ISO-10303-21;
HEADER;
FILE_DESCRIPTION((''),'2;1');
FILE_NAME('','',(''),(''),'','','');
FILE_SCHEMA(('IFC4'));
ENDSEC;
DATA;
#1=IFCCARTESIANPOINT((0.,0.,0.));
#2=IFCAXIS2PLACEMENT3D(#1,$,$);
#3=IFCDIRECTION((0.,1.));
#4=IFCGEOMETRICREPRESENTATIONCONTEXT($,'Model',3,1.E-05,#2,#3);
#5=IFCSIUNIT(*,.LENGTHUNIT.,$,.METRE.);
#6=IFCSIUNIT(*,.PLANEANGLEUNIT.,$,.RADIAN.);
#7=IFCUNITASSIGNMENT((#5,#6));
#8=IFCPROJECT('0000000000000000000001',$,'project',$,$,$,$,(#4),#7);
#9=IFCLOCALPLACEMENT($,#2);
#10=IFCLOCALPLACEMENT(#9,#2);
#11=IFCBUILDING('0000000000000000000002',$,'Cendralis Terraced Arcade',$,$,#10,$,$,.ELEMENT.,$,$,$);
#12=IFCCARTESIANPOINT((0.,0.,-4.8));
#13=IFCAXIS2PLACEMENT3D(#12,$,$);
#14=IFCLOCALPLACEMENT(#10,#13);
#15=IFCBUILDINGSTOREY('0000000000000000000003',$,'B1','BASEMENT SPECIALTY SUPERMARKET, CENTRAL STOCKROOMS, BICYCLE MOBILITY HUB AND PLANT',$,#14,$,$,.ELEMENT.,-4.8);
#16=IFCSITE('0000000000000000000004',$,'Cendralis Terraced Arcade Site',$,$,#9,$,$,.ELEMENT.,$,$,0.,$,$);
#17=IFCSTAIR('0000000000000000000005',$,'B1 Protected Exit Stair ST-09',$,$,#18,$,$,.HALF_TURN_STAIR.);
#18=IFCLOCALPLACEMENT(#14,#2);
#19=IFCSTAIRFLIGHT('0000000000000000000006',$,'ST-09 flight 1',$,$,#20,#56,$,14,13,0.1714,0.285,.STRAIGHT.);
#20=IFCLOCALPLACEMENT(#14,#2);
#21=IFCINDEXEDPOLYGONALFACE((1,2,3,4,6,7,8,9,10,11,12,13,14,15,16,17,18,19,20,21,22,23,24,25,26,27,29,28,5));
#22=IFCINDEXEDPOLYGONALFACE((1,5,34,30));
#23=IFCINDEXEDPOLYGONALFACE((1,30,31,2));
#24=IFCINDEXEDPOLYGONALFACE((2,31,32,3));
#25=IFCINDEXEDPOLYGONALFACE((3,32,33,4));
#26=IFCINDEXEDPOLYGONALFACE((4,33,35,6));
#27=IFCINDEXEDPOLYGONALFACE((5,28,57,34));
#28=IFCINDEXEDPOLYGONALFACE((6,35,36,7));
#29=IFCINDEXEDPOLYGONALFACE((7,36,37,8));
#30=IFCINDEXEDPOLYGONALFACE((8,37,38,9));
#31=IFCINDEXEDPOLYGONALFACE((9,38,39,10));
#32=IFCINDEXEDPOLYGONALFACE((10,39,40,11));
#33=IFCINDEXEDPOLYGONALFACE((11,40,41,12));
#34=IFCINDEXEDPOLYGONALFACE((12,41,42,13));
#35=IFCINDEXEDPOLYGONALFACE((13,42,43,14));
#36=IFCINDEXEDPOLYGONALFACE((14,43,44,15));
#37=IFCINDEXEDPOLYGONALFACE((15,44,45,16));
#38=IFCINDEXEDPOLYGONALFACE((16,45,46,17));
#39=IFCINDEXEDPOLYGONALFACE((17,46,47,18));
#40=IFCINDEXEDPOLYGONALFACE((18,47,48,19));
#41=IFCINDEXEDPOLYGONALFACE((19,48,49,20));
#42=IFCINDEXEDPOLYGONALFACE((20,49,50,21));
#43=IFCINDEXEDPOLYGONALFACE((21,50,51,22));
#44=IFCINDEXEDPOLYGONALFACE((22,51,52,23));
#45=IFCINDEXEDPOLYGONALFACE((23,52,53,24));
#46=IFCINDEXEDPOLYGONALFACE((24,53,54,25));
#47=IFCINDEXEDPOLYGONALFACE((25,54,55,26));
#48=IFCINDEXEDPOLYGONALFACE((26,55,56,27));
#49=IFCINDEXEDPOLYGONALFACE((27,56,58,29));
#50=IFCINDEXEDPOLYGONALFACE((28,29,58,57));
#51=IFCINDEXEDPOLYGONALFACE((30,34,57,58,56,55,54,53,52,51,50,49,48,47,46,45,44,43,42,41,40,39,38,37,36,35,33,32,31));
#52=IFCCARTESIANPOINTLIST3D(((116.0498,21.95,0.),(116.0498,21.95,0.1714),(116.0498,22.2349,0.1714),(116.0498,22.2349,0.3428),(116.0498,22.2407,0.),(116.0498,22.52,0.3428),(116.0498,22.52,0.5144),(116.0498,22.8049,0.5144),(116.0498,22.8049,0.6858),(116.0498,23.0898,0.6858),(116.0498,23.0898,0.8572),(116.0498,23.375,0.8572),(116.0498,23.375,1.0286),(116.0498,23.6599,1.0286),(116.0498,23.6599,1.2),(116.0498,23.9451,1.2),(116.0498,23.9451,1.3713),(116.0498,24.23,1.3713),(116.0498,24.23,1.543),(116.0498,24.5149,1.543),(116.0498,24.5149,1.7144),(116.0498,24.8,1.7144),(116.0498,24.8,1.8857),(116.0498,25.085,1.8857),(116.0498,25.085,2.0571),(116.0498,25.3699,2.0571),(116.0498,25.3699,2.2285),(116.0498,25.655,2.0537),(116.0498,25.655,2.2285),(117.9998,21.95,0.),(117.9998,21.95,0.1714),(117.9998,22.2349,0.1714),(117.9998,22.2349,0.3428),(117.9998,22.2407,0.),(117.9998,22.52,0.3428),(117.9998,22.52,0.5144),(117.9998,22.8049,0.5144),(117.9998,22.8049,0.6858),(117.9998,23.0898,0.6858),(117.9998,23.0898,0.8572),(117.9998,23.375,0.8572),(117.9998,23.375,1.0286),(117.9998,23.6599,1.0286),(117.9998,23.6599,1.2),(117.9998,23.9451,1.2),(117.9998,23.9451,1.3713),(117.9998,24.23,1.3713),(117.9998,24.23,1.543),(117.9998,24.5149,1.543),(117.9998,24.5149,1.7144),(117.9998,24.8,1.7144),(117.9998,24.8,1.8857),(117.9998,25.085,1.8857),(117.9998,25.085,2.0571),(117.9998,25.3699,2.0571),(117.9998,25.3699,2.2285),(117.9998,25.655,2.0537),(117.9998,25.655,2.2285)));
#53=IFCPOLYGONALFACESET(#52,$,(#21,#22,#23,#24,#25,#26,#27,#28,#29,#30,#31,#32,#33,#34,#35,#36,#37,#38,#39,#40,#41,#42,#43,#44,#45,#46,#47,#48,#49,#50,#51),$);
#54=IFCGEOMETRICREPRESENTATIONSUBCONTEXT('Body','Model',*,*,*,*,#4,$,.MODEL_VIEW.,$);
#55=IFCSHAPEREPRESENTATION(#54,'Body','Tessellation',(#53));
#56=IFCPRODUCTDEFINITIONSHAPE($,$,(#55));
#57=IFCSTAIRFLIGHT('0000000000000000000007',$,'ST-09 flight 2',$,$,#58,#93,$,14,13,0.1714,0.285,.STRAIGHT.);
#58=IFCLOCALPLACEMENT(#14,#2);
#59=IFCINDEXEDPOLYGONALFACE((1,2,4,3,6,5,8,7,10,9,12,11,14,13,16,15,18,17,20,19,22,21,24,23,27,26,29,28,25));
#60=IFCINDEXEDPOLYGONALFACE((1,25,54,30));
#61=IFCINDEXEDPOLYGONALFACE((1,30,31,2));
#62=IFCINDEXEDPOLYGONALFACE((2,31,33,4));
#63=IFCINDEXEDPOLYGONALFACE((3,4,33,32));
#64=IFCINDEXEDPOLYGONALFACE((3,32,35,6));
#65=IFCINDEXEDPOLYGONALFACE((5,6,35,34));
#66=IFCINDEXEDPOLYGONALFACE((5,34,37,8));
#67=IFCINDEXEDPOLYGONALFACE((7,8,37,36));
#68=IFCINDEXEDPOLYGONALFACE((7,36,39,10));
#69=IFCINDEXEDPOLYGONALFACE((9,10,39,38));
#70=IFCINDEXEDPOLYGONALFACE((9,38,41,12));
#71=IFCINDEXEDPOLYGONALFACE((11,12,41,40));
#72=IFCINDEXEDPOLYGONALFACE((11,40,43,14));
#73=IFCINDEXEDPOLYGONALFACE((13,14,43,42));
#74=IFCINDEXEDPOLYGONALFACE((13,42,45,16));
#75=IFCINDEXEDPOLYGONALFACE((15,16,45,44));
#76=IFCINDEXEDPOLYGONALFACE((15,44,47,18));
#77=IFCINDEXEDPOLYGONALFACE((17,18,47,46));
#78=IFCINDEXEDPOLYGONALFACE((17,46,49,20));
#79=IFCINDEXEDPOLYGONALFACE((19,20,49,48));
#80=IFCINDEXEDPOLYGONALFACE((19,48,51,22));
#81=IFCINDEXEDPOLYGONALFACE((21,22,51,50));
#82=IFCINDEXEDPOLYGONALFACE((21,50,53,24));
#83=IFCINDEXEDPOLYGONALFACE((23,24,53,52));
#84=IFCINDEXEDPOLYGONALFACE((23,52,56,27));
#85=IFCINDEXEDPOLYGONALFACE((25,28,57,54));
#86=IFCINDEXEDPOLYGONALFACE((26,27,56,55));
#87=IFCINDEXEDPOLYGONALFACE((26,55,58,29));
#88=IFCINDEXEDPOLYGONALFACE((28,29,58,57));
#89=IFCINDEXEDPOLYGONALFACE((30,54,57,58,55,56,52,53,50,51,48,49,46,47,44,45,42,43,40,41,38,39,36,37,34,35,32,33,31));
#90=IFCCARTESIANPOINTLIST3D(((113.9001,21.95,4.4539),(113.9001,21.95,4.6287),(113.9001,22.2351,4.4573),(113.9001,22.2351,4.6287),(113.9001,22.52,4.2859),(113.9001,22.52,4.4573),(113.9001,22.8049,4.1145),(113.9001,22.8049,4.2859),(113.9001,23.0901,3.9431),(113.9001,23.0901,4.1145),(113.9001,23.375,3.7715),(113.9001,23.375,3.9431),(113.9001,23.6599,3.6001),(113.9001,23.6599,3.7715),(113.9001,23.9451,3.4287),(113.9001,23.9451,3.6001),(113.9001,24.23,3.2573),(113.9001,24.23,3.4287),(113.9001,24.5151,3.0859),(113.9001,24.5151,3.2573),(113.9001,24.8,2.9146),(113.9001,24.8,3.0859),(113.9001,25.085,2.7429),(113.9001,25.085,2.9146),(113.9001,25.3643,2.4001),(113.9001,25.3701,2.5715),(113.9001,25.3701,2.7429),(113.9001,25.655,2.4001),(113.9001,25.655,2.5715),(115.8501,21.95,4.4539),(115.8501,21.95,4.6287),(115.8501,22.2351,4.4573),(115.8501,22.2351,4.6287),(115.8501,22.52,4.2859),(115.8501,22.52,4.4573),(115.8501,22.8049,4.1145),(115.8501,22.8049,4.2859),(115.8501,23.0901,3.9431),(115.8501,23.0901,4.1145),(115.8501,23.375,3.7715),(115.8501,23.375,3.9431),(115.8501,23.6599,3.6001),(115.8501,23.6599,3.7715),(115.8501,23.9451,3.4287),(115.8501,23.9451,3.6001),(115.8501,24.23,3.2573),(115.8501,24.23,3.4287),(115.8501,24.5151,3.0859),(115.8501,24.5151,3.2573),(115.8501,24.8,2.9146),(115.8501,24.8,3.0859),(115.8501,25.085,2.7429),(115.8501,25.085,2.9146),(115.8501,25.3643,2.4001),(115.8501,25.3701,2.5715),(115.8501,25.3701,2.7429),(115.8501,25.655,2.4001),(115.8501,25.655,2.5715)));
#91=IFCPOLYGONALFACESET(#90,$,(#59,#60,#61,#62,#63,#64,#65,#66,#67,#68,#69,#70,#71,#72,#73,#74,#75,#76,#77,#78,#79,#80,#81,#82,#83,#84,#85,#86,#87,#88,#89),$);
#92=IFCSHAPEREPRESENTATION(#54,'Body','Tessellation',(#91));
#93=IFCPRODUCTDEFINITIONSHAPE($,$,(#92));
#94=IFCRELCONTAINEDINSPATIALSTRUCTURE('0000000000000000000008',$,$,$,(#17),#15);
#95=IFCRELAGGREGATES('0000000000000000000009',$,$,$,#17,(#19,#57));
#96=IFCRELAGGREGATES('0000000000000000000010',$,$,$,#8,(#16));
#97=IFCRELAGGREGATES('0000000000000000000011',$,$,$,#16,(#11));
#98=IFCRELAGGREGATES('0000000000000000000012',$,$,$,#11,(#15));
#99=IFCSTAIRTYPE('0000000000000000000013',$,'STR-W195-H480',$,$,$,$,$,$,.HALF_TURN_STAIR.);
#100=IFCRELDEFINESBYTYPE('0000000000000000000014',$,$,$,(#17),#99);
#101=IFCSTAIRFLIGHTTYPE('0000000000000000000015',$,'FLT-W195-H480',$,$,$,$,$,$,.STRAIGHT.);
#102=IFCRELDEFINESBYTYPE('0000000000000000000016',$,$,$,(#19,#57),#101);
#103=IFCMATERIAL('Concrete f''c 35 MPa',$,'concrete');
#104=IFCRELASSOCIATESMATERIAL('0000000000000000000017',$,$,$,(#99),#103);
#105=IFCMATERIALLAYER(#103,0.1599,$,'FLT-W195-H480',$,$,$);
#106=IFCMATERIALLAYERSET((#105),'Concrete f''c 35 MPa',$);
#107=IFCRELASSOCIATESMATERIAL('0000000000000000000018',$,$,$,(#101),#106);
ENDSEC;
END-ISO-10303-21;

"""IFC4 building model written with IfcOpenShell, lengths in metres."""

from ifc_helpers import new_model, si_unit, direction, frame, origin, place, context, subcontext, project, spatial, polyline, outline, extrude, material, layer, layer_set, type_object, element, aggregate, save


model = new_model("IFC4")

# Units and contexts
model_context = context("Model", 3, precision=1e-05, world=origin(), true_north=direction((0.0, 1.0)))
body_context = subcontext(model_context, "Body", "Model", "MODEL_VIEW")
ifc_project = project(units=[si_unit("LENGTHUNIT", "METRE"), si_unit("PLANEANGLEUNIT", "RADIAN")], contexts=[model_context])

# Site, building, storey
site_placement = place(None, origin())
site = spatial("IfcSite", under=ifc_project, at=site_placement, Name="Cendralis Terraced Arcade Site", CompositionType="ELEMENT", RefElevation=0.0)
building_placement = place(site_placement, origin())
building = spatial("IfcBuilding", under=site, at=building_placement, Name="Cendralis Terraced Arcade", CompositionType="ELEMENT")
storey_placement = place(building_placement, frame((0.0, 0.0, -4.8)))
storey = spatial("IfcBuildingStorey", under=building, at=storey_placement, Name="B1", Description="BASEMENT SPECIALTY SUPERMARKET, CENTRAL STOCKROOMS, BICYCLE MOBILITY HUB AND PLANT", CompositionType="ELEMENT", Elevation=-4.8)

# Shared definitions
ifc_material_1 = material(Name="Concrete f'c 35 MPa", Category="concrete")

# Stair, stair flights
stair_type = type_object("IfcStairType", Name="STR-W195-H480", PredefinedType="HALF_TURN_STAIR", material=ifc_material_1)
stair_placement = place(storey_placement, origin())
stair = element("IfcStair", 1, at=stair_placement, inside=storey, type_object=stair_type, Name="B1 Protected Exit Stair ST-09", PredefinedType="HALF_TURN_STAIR")
ifc_layer_1 = layer(ifc_material_1, 0.1599, Name="FLT-W195-H480")
ifc_layer_set_1 = layer_set([ifc_layer_1], Name="Concrete f'c 35 MPa")
stair_flight_type = type_object("IfcStairFlightType", Name="FLT-W195-H480", PredefinedType="STRAIGHT", material=ifc_layer_set_1)
stair_flight_1_placement = place(storey_placement, frame((117.0249, 21.95, 0.0), z_axis=(0.0, 0.0, 1.0), x_axis=(0.0, 1.0, 0.0)))
stair_flight_1 = element("IfcStairFlight", 2, at=stair_flight_1_placement, type_object=stair_flight_type, Name="ST-09 flight 1", NumberOfRisers=14, NumberOfTreads=13, PredefinedType="STRAIGHT", RiserHeight=0.1714, TreadLength=0.285, context=body_context, shape_type="SweptSolid", body=[
    extrude(outline(polyline([(0.0, 0.0), (0.0, 0.1714), (0.2849, 0.1714), (0.2849, 0.3428), (0.5701, 0.3428), (0.5701, 0.5144), (0.855, 0.5144), (0.855, 0.6858), (1.1399, 0.6858), (1.1399, 0.8572), (1.425, 0.8572), (1.425, 1.0286), (1.71, 1.0286), (1.71, 1.2), (1.9951, 1.2), (1.9951, 1.3713), (2.28, 1.3713), (2.28, 1.543), (2.5649, 1.543), (2.5649, 1.7144), (2.8501, 1.7144), (2.8501, 1.8857), (3.135, 1.8857), (3.135, 2.0571), (3.4199, 2.0571), (3.4199, 2.2285), (3.7051, 2.2285), (3.7051, 2.3999), (3.7051, 2.0537), (0.2908, 0.0), (0.0, 0.0)])), frame((0.0, 0.9751, 0.0), z_axis=(0.0, -1.0, 0.0), x_axis=(1.0, 0.0, 0.0)), (0.0, 0.0, 1.0), 1.95),
])
stair_flight_2_placement = place(storey_placement, frame((114.875, 25.655, 2.4001), z_axis=(0.0, 0.0, 1.0), x_axis=(0.0, -1.0, 0.0)))
stair_flight_2 = element("IfcStairFlight", 3, at=stair_flight_2_placement, type_object=stair_flight_type, Name="ST-09 flight 2", NumberOfRisers=14, NumberOfTreads=13, PredefinedType="STRAIGHT", RiserHeight=0.1714, TreadLength=0.285, context=body_context, shape_type="SweptSolid", body=[
    extrude(outline(polyline([(0.0, 0.0), (0.0, 0.1714), (0.2849, 0.1714), (0.2849, 0.3428), (0.5701, 0.3428), (0.5701, 0.5144), (0.855, 0.5144), (0.855, 0.6858), (1.1399, 0.6858), (1.1399, 0.8572), (1.425, 0.8572), (1.425, 1.0286), (1.71, 1.0286), (1.71, 1.2), (1.9951, 1.2), (1.9951, 1.3713), (2.28, 1.3713), (2.28, 1.543), (2.5649, 1.543), (2.5649, 1.7144), (2.8501, 1.7144), (2.8501, 1.8857), (3.135, 1.8857), (3.135, 2.0571), (3.4199, 2.0571), (3.4199, 2.2285), (3.7051, 2.2285), (3.7051, 2.3999), (3.7051, 2.0537), (0.2908, 0.0), (0.0, 0.0)])), frame((0.0, 0.9751, 0.0), z_axis=(0.0, -1.0, 0.0), x_axis=(1.0, 0.0, 0.0)), (0.0, 0.0, 1.0), 1.95),
])
aggregate(stair, [stair_flight_1, stair_flight_2])

save(model, "model.ifc")
